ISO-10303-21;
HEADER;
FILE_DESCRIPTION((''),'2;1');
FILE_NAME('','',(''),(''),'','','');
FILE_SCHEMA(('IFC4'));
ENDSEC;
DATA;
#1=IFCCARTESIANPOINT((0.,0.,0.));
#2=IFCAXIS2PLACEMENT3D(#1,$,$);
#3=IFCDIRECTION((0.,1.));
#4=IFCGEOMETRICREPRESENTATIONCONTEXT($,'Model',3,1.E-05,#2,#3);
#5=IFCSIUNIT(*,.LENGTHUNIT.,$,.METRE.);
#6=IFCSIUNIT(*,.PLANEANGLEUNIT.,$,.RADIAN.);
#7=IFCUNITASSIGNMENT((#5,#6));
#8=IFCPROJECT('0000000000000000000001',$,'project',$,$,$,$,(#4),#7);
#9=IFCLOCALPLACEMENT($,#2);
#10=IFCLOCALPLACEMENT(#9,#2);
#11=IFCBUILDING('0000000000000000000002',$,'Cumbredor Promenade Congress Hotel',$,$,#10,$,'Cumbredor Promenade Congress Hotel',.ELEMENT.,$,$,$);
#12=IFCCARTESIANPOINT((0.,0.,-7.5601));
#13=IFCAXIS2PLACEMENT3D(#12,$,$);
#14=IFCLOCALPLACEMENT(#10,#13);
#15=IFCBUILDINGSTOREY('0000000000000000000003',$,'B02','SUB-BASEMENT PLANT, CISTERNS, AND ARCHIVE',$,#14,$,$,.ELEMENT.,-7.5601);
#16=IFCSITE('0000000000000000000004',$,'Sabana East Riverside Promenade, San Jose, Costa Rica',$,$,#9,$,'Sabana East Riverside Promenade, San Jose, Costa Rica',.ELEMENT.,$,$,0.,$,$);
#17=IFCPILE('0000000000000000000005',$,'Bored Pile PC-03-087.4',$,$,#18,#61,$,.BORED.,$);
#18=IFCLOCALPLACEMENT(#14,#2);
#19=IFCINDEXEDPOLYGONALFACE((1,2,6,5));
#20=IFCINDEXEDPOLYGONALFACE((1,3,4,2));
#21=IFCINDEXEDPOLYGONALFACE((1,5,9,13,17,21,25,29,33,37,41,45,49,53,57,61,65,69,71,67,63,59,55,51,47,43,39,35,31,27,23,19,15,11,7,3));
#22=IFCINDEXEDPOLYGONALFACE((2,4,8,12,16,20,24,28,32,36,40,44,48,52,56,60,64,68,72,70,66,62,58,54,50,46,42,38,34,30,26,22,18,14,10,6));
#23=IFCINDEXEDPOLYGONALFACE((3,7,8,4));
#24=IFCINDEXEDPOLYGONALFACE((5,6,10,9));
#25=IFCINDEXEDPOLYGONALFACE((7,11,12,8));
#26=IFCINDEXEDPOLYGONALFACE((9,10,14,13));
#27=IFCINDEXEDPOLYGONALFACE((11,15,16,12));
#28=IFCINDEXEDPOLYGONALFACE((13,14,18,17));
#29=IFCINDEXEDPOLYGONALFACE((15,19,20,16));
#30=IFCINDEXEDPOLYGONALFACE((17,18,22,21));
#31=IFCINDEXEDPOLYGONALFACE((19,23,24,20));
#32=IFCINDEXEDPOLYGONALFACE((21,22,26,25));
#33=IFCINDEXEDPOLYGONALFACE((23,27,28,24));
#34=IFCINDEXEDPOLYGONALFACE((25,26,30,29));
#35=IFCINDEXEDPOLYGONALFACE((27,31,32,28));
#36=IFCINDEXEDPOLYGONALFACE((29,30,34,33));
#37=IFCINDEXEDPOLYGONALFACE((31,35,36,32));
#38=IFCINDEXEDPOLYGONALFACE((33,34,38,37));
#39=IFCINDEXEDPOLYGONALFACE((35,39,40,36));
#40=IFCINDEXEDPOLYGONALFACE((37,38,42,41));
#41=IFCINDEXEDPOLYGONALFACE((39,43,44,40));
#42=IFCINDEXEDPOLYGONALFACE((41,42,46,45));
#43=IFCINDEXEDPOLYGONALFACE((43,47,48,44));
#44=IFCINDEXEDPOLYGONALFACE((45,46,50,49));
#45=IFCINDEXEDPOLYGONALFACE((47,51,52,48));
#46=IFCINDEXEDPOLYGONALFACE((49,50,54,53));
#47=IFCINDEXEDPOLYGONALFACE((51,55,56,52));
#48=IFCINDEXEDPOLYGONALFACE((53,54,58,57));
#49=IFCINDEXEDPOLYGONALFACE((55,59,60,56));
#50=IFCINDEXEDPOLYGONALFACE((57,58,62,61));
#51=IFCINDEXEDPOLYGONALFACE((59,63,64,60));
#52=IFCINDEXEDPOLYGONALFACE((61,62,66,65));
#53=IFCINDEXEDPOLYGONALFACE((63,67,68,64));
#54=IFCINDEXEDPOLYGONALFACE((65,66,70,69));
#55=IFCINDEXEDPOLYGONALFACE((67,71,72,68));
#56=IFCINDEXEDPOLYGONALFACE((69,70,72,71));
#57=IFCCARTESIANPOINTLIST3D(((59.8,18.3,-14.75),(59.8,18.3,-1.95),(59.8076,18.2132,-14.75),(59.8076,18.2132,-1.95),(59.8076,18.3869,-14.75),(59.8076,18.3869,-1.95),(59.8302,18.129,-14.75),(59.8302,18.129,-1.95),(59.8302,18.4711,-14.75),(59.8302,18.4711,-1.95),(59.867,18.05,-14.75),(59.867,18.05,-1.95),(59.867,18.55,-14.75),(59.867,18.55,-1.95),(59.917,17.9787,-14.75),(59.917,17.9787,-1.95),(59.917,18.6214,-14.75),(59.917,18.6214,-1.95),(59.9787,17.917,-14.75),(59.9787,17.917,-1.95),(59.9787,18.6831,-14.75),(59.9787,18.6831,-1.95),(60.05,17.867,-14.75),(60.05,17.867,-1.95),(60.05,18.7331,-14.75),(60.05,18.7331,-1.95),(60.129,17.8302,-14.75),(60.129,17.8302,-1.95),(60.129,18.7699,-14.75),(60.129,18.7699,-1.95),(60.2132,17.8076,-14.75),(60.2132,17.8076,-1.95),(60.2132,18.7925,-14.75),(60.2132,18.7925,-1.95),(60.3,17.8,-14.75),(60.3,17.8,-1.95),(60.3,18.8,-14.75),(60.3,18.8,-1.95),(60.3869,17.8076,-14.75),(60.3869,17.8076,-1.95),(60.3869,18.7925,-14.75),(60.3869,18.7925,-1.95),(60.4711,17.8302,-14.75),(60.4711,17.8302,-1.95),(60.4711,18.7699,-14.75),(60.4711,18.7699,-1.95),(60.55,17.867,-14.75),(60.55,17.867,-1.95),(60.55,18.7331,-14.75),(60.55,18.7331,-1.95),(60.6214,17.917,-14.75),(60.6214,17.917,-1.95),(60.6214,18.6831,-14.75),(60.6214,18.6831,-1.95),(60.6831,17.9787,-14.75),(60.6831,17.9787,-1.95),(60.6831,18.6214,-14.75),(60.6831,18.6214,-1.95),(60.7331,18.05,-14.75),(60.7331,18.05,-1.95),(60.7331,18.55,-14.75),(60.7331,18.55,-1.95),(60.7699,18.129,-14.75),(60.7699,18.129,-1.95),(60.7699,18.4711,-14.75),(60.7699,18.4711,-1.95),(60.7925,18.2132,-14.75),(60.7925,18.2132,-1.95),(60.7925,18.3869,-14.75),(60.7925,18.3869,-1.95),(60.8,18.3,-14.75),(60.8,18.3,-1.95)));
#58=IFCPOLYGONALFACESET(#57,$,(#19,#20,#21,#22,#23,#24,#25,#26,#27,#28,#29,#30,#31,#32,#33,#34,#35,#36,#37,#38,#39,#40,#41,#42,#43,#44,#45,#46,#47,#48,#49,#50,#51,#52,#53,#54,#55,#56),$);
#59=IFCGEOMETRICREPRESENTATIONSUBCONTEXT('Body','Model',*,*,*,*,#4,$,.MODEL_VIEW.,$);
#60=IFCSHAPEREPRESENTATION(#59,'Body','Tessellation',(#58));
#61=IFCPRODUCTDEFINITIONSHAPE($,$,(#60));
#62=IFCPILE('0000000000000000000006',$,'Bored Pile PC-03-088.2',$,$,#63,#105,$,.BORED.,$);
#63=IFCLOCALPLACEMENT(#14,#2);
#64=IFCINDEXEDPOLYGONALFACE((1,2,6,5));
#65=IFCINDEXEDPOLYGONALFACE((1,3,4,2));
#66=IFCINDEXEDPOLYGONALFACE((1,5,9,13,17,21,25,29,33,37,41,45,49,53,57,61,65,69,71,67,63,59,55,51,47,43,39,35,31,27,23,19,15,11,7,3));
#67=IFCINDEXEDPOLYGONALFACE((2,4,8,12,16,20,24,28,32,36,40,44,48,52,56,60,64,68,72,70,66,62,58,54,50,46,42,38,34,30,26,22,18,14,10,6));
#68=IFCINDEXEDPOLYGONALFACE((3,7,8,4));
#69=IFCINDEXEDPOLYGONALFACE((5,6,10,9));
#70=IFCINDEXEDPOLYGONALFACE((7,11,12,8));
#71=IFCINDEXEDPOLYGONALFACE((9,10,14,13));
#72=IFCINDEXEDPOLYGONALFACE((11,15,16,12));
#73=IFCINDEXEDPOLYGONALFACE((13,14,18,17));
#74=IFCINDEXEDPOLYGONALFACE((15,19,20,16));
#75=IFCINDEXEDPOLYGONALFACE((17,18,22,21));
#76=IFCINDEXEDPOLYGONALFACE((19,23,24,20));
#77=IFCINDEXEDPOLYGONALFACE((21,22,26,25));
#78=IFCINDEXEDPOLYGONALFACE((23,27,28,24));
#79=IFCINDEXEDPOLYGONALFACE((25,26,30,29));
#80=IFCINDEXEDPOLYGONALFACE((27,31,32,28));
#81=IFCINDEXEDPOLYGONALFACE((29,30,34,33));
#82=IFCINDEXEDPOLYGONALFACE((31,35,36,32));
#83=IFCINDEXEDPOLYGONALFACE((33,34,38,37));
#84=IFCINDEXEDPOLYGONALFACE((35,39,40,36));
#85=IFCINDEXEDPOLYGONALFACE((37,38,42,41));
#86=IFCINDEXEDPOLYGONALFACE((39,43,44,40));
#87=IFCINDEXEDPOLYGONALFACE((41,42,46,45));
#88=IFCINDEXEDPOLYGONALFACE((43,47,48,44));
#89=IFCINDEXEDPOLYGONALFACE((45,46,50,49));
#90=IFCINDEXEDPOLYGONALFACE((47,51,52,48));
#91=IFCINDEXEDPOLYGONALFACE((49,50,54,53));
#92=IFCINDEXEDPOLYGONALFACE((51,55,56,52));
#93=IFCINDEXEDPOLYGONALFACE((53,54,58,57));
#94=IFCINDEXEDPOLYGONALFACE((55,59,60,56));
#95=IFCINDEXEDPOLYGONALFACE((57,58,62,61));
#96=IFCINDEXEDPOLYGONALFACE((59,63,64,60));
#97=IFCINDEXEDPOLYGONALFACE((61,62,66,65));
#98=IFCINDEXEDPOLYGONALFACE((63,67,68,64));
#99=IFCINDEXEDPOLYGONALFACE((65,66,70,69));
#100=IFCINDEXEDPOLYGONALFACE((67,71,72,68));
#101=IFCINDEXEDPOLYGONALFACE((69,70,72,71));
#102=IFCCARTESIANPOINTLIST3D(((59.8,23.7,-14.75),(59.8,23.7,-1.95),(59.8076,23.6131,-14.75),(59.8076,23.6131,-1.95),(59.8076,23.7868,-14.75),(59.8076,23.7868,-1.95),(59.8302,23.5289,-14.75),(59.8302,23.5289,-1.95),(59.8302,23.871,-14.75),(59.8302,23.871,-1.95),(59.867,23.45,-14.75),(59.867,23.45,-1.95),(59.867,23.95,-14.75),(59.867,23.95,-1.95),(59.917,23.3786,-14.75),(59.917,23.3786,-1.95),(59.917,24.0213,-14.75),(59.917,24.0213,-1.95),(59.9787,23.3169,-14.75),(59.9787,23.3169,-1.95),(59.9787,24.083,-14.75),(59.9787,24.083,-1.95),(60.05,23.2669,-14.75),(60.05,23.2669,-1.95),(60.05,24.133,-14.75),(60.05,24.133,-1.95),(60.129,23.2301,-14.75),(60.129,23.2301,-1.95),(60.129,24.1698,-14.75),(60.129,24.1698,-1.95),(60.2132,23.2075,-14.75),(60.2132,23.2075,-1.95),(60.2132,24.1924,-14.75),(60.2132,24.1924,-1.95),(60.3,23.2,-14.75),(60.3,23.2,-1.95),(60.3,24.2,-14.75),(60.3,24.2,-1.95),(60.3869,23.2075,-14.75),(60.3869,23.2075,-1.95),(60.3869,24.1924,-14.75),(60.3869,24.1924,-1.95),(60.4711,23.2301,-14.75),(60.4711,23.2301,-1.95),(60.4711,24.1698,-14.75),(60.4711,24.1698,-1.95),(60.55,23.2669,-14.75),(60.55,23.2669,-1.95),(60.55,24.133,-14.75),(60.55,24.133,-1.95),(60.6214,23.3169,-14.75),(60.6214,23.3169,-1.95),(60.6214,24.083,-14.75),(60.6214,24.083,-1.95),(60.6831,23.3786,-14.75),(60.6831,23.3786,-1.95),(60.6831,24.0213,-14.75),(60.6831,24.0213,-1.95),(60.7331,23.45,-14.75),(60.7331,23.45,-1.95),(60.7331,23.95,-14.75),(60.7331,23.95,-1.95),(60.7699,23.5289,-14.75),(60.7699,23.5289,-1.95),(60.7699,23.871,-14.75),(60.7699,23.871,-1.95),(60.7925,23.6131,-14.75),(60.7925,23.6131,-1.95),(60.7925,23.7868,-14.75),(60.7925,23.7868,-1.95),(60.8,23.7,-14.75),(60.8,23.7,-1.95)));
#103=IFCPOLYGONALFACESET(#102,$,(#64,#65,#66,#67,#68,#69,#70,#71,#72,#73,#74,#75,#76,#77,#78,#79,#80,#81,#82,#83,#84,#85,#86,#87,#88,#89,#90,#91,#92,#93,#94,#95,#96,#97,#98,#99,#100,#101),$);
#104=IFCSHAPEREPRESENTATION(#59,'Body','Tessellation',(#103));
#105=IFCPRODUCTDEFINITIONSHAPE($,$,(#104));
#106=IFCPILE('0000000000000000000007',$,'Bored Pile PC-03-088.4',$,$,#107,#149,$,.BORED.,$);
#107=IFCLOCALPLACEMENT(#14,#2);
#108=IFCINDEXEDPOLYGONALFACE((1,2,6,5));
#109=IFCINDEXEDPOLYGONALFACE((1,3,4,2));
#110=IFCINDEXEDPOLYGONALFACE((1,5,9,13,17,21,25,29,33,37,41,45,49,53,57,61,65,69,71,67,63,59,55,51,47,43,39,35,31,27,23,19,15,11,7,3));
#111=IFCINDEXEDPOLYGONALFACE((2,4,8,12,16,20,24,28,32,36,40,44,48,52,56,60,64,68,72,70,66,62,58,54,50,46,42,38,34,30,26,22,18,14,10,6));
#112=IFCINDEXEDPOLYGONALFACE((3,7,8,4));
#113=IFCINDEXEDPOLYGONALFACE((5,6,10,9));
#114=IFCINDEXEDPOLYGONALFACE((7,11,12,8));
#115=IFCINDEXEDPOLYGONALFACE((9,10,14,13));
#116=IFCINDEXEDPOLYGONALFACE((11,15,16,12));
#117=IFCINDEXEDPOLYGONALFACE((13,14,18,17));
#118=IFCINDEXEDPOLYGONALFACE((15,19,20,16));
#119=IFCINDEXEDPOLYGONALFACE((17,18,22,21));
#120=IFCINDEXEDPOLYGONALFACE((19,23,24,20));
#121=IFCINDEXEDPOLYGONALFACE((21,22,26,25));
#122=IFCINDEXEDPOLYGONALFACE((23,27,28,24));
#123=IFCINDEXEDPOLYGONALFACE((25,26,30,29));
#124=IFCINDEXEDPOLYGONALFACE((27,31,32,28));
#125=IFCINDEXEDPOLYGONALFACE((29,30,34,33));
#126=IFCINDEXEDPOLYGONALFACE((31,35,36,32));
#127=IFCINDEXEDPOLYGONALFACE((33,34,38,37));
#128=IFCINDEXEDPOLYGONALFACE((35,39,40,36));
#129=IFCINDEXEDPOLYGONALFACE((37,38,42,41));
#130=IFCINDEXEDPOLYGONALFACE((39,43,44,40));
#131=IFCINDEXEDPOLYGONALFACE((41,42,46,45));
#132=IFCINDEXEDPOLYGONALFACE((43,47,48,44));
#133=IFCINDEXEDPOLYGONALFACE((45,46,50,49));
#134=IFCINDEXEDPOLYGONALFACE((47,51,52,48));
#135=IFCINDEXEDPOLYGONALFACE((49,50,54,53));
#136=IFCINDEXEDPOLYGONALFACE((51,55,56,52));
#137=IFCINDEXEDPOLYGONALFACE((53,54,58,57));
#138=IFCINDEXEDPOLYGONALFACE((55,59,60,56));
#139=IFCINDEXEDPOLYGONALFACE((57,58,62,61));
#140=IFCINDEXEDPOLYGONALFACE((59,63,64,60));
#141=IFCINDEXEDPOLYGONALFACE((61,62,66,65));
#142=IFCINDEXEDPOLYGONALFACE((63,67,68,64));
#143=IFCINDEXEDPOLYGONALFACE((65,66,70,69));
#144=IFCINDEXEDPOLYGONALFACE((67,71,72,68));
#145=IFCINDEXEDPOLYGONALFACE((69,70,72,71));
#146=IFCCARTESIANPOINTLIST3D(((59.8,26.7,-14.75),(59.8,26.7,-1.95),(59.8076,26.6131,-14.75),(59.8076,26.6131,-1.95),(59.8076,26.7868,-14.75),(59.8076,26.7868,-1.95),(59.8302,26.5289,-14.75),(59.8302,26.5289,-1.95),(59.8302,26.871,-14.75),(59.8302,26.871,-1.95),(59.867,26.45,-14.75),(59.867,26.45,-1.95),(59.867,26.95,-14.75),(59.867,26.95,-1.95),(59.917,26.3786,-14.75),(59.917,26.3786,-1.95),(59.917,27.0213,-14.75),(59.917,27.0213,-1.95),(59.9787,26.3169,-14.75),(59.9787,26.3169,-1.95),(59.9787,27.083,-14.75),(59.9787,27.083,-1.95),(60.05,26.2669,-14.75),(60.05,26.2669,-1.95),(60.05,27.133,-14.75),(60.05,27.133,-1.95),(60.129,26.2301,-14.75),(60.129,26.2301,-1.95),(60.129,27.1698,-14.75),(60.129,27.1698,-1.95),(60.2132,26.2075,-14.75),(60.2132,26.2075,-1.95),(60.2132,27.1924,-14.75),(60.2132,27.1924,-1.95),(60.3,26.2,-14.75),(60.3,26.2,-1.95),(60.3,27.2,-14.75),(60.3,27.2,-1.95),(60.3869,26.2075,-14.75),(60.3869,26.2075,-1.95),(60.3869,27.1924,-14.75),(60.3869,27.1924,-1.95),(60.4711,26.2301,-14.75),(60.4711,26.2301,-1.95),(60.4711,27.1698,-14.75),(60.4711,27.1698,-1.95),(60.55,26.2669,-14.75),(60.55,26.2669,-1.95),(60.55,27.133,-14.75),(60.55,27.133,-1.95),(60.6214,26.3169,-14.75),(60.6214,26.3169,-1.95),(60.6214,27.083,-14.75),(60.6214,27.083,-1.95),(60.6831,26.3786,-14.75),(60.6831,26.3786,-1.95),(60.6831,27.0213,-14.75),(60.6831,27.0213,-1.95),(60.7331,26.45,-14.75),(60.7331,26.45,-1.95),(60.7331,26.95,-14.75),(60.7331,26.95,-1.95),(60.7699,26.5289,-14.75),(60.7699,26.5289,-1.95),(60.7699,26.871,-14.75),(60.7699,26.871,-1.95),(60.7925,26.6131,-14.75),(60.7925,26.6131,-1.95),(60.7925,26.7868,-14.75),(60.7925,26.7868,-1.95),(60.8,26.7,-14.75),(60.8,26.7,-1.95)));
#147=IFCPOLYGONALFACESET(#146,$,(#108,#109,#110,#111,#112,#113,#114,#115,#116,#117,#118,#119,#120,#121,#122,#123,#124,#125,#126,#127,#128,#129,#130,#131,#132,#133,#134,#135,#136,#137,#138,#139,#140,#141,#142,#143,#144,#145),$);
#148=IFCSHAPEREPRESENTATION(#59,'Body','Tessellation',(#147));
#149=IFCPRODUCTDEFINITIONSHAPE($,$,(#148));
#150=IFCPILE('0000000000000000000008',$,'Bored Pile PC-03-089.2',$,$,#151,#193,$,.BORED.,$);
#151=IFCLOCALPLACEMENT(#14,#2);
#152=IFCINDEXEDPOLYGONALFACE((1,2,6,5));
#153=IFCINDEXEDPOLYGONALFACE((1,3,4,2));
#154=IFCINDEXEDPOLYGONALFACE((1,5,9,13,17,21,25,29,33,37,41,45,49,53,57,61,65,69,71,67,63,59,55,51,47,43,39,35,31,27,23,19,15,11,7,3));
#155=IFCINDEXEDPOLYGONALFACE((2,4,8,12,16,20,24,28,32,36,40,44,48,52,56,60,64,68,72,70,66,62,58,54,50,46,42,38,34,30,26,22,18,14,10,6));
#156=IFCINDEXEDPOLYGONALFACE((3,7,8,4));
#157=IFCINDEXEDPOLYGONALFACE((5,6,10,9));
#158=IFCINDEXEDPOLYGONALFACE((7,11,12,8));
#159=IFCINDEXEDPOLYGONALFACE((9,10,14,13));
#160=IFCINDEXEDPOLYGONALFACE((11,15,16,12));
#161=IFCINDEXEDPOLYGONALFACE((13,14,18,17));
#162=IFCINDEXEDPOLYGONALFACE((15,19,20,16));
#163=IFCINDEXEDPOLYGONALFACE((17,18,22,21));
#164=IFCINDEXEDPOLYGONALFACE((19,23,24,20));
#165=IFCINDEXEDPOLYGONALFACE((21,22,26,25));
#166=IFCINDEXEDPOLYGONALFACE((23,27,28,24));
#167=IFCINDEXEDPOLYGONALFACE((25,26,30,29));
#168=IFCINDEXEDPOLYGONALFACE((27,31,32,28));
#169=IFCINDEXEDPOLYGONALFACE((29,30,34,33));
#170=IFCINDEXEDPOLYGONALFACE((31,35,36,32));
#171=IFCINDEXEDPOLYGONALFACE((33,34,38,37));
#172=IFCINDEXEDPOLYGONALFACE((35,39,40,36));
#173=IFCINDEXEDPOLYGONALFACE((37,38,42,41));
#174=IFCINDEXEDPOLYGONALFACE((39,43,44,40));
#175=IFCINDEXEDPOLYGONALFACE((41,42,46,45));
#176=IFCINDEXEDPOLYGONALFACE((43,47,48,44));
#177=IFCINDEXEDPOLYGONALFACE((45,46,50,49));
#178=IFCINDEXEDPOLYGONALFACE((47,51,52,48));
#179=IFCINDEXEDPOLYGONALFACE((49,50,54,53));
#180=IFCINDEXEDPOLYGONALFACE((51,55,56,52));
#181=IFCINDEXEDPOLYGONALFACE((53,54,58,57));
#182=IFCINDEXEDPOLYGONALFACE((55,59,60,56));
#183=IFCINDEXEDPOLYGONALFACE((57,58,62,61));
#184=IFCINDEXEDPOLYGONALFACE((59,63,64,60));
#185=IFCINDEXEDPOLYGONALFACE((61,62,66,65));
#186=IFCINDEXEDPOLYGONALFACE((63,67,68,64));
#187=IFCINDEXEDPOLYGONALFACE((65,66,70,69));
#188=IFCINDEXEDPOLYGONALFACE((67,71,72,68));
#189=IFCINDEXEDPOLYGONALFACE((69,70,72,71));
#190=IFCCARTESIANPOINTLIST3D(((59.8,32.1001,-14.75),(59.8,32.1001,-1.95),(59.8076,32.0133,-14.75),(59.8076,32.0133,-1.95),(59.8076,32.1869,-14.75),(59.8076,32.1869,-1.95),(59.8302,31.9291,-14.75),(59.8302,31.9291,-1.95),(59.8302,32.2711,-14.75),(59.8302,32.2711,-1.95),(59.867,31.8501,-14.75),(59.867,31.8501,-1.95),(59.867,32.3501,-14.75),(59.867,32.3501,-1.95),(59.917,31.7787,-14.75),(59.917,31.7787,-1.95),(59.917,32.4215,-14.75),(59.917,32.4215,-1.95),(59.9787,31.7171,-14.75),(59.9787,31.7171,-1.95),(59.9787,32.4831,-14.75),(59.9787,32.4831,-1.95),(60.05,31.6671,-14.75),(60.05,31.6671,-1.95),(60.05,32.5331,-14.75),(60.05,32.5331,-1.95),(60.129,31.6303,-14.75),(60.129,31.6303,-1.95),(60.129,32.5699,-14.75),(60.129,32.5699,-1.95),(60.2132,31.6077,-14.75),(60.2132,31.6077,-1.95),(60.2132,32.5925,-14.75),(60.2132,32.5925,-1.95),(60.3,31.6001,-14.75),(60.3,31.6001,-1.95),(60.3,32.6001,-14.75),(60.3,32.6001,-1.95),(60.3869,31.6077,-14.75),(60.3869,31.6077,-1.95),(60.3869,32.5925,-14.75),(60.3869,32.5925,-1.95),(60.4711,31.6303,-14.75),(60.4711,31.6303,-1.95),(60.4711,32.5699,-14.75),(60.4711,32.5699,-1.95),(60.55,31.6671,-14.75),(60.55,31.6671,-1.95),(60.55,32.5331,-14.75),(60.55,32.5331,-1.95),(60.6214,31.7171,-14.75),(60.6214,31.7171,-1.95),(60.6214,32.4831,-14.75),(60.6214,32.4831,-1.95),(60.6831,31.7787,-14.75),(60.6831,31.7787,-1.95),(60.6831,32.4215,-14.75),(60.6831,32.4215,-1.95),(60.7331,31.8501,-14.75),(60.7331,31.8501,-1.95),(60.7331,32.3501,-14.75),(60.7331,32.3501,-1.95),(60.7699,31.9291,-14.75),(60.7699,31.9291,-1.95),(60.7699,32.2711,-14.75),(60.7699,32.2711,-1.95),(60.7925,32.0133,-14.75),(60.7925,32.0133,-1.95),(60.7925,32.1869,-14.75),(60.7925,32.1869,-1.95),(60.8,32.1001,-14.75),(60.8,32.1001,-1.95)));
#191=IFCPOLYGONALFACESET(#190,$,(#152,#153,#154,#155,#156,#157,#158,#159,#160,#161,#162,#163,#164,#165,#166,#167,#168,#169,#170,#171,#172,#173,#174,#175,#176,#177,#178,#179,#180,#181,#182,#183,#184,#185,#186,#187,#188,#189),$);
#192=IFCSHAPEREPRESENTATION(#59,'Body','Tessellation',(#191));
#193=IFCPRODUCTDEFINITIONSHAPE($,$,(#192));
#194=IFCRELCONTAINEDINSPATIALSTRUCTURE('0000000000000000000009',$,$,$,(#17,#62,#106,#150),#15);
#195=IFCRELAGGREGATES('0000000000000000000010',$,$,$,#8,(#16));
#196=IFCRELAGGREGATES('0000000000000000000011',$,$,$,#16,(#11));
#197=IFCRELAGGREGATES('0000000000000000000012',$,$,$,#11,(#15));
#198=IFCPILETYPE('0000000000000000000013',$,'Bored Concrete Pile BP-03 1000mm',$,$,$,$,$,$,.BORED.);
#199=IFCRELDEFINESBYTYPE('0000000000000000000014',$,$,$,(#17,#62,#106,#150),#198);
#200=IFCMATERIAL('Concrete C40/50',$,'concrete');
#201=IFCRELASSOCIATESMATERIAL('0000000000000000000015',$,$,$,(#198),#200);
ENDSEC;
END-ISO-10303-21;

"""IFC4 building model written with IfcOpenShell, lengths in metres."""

from ifc_helpers import new_model, si_unit, direction, frame, origin, origin_2d, place, context, subcontext, project, spatial, circle, extrude, material, material_profile, profile_set, type_object, element, save


model = new_model("IFC4")

# Units and contexts
model_context = context("Model", 3, precision=1e-05, world=origin(), true_north=direction((0.0, 1.0)))
body_context = subcontext(model_context, "Body", "Model", "MODEL_VIEW")
ifc_project = project(units=[si_unit("LENGTHUNIT", "METRE"), si_unit("PLANEANGLEUNIT", "RADIAN")], contexts=[model_context])

# Site, building, storey
site_placement = place(None, origin())
site = spatial("IfcSite", under=ifc_project, at=site_placement, Name="Sabana East Riverside Promenade, San Jose, Costa Rica", LongName="Sabana East Riverside Promenade, San Jose, Costa Rica", CompositionType="ELEMENT", RefElevation=0.0)
building_placement = place(site_placement, origin())
building = spatial("IfcBuilding", under=site, at=building_placement, Name="Cumbredor Promenade Congress Hotel", LongName="Cumbredor Promenade Congress Hotel", CompositionType="ELEMENT")
storey_placement = place(building_placement, frame((0.0, 0.0, -7.5601)))
storey = spatial("IfcBuildingStorey", under=building, at=storey_placement, Name="B02", Description="SUB-BASEMENT PLANT, CISTERNS, AND ARCHIVE", CompositionType="ELEMENT", Elevation=-7.5601)

# Piles
ifc_material_1 = material(Name="Concrete C40/50", Category="concrete")
ifc_material_profile_1 = material_profile(ifc_material_1, circle(Radius=0.5, at=origin_2d()), Name="PILE D1000")
ifc_profile_set_1 = profile_set([ifc_material_profile_1], Name="Concrete C40/50")
pile_type = type_object("IfcPileType", Name="Bored Concrete Pile BP-03 1000mm", PredefinedType="BORED", material=ifc_profile_set_1)
for number, where, z_axis, x_axis, name in (
    (1, (60.3, 18.3, -1.95), (0.0, 0.0, -1.0), (1.0, 0.0, 0.0), "Bored Pile PC-03-087.4"),
    (2, (60.3, 23.7, -1.95), (0.0, 0.0, -1.0), (1.0, 0.0, 0.0), "Bored Pile PC-03-088.2"),
    (3, (60.3, 26.7, -1.95), (0.0, 0.0, -1.0), (1.0, 0.0, 0.0), "Bored Pile PC-03-088.4"),
    (4, (60.3, 32.1001, -1.95), (0.0, 0.0, -1.0), (1.0, 0.0, 0.0), "Bored Pile PC-03-089.2"),
):
    element("IfcPile", number, at=place(storey_placement, frame(where, z_axis=z_axis, x_axis=x_axis)), inside=storey, type_object=pile_type, Name=name, PredefinedType="BORED", context=body_context, shape_type="SweptSolid", body=[
        extrude(circle(Radius=0.5, at=origin_2d()), origin(), (0.0, 0.0, 1.0), 12.8),
    ])

save(model, "model.ifc")
